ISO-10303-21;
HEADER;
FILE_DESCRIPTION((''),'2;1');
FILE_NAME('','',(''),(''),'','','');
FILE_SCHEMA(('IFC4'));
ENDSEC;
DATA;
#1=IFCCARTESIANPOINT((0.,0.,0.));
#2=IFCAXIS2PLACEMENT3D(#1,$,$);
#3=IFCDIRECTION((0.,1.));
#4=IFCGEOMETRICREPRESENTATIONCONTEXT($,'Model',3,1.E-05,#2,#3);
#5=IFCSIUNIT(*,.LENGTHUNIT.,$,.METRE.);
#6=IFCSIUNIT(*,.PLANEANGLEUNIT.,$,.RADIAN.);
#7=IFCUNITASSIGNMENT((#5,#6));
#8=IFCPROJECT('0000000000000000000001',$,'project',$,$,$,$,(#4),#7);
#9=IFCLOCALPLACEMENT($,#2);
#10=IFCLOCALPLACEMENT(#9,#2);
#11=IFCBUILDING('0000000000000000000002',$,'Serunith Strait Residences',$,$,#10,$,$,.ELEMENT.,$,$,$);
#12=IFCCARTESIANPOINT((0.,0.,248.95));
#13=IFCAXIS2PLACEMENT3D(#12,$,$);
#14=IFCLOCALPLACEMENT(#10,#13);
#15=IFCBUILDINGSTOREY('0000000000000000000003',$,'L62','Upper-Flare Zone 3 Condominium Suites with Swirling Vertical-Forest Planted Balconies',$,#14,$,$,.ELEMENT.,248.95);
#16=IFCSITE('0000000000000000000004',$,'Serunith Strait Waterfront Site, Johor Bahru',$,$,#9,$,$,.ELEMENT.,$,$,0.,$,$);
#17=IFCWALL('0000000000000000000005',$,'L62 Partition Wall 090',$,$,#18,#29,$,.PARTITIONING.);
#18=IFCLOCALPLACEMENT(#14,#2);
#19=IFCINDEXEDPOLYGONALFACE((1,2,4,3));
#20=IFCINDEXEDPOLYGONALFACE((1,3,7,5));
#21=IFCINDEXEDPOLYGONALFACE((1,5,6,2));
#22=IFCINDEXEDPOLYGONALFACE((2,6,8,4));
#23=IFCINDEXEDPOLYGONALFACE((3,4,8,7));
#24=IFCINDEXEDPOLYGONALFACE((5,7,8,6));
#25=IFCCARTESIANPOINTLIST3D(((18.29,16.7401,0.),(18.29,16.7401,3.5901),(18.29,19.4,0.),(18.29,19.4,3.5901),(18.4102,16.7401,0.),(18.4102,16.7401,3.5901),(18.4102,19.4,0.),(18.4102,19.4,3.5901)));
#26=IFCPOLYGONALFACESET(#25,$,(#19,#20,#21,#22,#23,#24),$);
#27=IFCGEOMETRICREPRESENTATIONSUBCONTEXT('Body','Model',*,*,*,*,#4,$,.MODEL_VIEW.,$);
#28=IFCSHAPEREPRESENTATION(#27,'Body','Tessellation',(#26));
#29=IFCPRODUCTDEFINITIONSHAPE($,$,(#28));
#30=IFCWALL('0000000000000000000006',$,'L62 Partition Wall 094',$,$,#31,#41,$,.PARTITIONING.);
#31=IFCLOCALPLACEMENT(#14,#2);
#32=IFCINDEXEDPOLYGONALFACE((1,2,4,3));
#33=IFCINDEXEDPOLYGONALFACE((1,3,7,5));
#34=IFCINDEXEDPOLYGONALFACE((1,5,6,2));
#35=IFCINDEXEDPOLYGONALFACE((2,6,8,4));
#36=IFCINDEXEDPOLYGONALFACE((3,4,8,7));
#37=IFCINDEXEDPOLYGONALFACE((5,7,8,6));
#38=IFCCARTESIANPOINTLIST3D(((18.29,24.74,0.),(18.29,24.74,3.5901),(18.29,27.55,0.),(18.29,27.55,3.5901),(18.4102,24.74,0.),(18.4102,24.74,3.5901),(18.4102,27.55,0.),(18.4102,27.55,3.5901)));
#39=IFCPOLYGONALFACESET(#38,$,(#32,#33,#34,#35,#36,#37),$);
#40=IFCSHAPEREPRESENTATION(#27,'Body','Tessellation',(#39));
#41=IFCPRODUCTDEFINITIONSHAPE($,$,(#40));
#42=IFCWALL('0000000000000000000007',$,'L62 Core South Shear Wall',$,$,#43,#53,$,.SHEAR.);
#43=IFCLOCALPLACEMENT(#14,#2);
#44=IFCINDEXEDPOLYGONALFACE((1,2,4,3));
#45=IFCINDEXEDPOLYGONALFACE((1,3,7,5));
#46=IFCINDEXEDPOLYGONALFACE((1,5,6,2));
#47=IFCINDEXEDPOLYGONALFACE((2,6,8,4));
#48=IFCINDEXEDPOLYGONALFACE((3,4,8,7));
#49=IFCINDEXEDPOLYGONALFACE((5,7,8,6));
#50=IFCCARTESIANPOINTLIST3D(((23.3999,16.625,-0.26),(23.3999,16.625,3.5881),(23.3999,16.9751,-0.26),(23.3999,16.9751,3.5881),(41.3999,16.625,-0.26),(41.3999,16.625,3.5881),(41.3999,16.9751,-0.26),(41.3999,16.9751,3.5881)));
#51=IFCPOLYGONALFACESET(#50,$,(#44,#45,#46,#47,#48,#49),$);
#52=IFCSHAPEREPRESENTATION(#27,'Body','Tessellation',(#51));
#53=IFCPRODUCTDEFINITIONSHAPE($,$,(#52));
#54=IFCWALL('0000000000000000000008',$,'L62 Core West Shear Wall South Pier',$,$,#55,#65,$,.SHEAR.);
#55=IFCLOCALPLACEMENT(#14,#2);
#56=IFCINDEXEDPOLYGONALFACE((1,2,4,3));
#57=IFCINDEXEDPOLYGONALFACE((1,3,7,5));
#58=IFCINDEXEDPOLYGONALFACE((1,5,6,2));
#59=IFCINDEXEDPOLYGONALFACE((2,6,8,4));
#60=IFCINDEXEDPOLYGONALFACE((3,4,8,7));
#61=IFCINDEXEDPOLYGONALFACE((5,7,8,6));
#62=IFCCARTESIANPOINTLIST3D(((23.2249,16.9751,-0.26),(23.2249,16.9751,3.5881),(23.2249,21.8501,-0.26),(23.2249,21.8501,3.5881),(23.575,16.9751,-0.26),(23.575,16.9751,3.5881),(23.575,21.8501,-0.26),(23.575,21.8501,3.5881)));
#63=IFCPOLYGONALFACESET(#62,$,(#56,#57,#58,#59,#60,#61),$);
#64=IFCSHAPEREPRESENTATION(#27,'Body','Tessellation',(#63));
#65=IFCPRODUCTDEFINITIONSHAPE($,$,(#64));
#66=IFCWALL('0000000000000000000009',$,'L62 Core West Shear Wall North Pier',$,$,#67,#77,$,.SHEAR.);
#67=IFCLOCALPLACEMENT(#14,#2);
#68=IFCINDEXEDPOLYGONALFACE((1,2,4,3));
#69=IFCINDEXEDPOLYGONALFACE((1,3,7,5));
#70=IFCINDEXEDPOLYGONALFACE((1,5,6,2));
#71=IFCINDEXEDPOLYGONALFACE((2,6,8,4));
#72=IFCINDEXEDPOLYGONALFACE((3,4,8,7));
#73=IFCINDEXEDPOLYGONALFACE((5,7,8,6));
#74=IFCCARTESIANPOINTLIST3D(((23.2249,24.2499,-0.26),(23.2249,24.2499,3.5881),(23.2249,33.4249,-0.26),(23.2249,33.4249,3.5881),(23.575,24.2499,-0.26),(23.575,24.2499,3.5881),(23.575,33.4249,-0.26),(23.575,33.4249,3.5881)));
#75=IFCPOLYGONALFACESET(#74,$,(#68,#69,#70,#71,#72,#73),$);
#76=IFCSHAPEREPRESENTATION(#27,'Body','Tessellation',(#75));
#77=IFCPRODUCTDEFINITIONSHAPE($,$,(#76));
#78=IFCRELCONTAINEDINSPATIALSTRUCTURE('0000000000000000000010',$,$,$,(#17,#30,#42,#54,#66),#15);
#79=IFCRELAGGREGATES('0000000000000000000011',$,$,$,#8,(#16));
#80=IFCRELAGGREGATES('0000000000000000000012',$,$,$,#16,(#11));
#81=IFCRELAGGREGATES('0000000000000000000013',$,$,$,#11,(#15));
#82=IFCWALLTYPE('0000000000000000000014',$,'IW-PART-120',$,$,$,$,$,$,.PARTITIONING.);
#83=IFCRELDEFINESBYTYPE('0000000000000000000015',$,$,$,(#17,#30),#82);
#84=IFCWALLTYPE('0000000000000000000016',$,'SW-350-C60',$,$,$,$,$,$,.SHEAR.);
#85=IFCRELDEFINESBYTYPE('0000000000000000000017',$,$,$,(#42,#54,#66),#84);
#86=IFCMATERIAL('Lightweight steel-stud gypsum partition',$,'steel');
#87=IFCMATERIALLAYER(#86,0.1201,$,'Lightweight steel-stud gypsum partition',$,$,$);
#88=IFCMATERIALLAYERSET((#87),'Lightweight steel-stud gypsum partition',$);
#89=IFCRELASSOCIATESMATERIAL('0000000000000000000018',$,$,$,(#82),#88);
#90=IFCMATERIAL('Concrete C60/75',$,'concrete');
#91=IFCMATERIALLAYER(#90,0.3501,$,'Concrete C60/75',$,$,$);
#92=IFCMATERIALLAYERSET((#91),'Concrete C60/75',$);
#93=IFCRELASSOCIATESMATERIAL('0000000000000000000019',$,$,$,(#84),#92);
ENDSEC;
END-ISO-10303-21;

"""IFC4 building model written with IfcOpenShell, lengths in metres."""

from ifc_helpers import new_model, si_unit, direction, frame, frame_2d, origin, place, context, subcontext, project, spatial, rectangle, extrude, material, layer, layer_set, type_object, element, save


model = new_model("IFC4")

# Units and contexts
model_context = context("Model", 3, precision=1e-05, world=origin(), true_north=direction((0.0, 1.0)))
body_context = subcontext(model_context, "Body", "Model", "MODEL_VIEW")
ifc_project = project(units=[si_unit("LENGTHUNIT", "METRE"), si_unit("PLANEANGLEUNIT", "RADIAN")], contexts=[model_context])

# Site, building, storey
site_placement = place(None, origin())
site = spatial("IfcSite", under=ifc_project, at=site_placement, Name="Serunith Strait Waterfront Site, Johor Bahru", CompositionType="ELEMENT", RefElevation=0.0)
building_placement = place(site_placement, origin())
building = spatial("IfcBuilding", under=site, at=building_placement, Name="Serunith Strait Residences", CompositionType="ELEMENT")
storey_placement = place(building_placement, frame((0.0, 0.0, 248.95)))
storey = spatial("IfcBuildingStorey", under=building, at=storey_placement, Name="L62", Description="Upper-Flare Zone 3 Condominium Suites with Swirling Vertical-Forest Planted Balconies", CompositionType="ELEMENT", Elevation=248.95)

# Shared definitions
ifc_material_1 = material(Name="Lightweight steel-stud gypsum partition", Category="steel")
ifc_layer_1 = layer(ifc_material_1, 0.1201, Name="Lightweight steel-stud gypsum partition")
ifc_layer_set_1 = layer_set([ifc_layer_1], Name="Lightweight steel-stud gypsum partition")
wall_type_1 = type_object("IfcWallType", Name="IW-PART-120", PredefinedType="PARTITIONING", material=ifc_layer_set_1)

# Walls
wall_1_placement = place(storey_placement, frame((18.3501, 16.74, 0.0), z_axis=(0.0, 0.0, 1.0), x_axis=(0.0, 1.0, 0.0)))
element("IfcWall", 1, at=wall_1_placement, inside=storey, type_object=wall_type_1, Name="L62 Partition Wall 090", PredefinedType="PARTITIONING", context=body_context, shape_type="SweptSolid", body=[
    extrude(rectangle(XDim=2.6599, YDim=0.1201, at=frame_2d((1.3301, 0.0))), origin(), (0.0, 0.0, 1.0), 3.5901),
])
wall_2_placement = place(storey_placement, frame((18.3501, 24.74, 0.0), z_axis=(0.0, 0.0, 1.0), x_axis=(0.0, 1.0, 0.0)))
element("IfcWall", 2, at=wall_2_placement, inside=storey, type_object=wall_type_1, Name="L62 Partition Wall 094", PredefinedType="PARTITIONING", context=body_context, shape_type="SweptSolid", body=[
    extrude(rectangle(XDim=2.8101, YDim=0.1201, at=frame_2d((1.405, 0.0))), origin(), (0.0, 0.0, 1.0), 3.5901),
])

# Walls
ifc_material_2 = material(Name="Concrete C60/75", Category="concrete")
ifc_layer_2 = layer(ifc_material_2, 0.3501, Name="Concrete C60/75")
ifc_layer_set_2 = layer_set([ifc_layer_2], Name="Concrete C60/75")
wall_type_2 = type_object("IfcWallType", Name="SW-350-C60", PredefinedType="SHEAR", material=ifc_layer_set_2)
wall_3_placement = place(storey_placement, frame((23.3999, 16.8, -0.26), z_axis=(0.0, 0.0, 1.0), x_axis=(1.0, 0.0, 0.0)))
element("IfcWall", 3, at=wall_3_placement, inside=storey, type_object=wall_type_2, Name="L62 Core South Shear Wall", PredefinedType="SHEAR", context=body_context, shape_type="SweptSolid", body=[
    extrude(rectangle(XDim=18.0, YDim=0.3501, at=frame_2d((9.0, 0.0))), origin(), (0.0, 0.0, 1.0), 3.8481),
])
wall_4_placement = place(storey_placement, frame((23.3999, 16.9751, -0.26), z_axis=(0.0, 0.0, 1.0), x_axis=(0.0, 1.0, 0.0)))
element("IfcWall", 4, at=wall_4_placement, inside=storey, type_object=wall_type_2, Name="L62 Core West Shear Wall South Pier", PredefinedType="SHEAR", context=body_context, shape_type="SweptSolid", body=[
    extrude(rectangle(XDim=4.875, YDim=0.3501, at=frame_2d((2.4375, 0.0))), origin(), (0.0, 0.0, 1.0), 3.8481),
])
wall_5_placement = place(storey_placement, frame((23.3999, 24.25, -0.26), z_axis=(0.0, 0.0, 1.0), x_axis=(0.0, 1.0, 0.0)))
element("IfcWall", 5, at=wall_5_placement, inside=storey, type_object=wall_type_2, Name="L62 Core West Shear Wall North Pier", PredefinedType="SHEAR", context=body_context, shape_type="SweptSolid", body=[
    extrude(rectangle(XDim=9.175, YDim=0.3501, at=frame_2d((4.5874, 0.0))), origin(), (0.0, 0.0, 1.0), 3.8481),
])

save(model, "model.ifc")
